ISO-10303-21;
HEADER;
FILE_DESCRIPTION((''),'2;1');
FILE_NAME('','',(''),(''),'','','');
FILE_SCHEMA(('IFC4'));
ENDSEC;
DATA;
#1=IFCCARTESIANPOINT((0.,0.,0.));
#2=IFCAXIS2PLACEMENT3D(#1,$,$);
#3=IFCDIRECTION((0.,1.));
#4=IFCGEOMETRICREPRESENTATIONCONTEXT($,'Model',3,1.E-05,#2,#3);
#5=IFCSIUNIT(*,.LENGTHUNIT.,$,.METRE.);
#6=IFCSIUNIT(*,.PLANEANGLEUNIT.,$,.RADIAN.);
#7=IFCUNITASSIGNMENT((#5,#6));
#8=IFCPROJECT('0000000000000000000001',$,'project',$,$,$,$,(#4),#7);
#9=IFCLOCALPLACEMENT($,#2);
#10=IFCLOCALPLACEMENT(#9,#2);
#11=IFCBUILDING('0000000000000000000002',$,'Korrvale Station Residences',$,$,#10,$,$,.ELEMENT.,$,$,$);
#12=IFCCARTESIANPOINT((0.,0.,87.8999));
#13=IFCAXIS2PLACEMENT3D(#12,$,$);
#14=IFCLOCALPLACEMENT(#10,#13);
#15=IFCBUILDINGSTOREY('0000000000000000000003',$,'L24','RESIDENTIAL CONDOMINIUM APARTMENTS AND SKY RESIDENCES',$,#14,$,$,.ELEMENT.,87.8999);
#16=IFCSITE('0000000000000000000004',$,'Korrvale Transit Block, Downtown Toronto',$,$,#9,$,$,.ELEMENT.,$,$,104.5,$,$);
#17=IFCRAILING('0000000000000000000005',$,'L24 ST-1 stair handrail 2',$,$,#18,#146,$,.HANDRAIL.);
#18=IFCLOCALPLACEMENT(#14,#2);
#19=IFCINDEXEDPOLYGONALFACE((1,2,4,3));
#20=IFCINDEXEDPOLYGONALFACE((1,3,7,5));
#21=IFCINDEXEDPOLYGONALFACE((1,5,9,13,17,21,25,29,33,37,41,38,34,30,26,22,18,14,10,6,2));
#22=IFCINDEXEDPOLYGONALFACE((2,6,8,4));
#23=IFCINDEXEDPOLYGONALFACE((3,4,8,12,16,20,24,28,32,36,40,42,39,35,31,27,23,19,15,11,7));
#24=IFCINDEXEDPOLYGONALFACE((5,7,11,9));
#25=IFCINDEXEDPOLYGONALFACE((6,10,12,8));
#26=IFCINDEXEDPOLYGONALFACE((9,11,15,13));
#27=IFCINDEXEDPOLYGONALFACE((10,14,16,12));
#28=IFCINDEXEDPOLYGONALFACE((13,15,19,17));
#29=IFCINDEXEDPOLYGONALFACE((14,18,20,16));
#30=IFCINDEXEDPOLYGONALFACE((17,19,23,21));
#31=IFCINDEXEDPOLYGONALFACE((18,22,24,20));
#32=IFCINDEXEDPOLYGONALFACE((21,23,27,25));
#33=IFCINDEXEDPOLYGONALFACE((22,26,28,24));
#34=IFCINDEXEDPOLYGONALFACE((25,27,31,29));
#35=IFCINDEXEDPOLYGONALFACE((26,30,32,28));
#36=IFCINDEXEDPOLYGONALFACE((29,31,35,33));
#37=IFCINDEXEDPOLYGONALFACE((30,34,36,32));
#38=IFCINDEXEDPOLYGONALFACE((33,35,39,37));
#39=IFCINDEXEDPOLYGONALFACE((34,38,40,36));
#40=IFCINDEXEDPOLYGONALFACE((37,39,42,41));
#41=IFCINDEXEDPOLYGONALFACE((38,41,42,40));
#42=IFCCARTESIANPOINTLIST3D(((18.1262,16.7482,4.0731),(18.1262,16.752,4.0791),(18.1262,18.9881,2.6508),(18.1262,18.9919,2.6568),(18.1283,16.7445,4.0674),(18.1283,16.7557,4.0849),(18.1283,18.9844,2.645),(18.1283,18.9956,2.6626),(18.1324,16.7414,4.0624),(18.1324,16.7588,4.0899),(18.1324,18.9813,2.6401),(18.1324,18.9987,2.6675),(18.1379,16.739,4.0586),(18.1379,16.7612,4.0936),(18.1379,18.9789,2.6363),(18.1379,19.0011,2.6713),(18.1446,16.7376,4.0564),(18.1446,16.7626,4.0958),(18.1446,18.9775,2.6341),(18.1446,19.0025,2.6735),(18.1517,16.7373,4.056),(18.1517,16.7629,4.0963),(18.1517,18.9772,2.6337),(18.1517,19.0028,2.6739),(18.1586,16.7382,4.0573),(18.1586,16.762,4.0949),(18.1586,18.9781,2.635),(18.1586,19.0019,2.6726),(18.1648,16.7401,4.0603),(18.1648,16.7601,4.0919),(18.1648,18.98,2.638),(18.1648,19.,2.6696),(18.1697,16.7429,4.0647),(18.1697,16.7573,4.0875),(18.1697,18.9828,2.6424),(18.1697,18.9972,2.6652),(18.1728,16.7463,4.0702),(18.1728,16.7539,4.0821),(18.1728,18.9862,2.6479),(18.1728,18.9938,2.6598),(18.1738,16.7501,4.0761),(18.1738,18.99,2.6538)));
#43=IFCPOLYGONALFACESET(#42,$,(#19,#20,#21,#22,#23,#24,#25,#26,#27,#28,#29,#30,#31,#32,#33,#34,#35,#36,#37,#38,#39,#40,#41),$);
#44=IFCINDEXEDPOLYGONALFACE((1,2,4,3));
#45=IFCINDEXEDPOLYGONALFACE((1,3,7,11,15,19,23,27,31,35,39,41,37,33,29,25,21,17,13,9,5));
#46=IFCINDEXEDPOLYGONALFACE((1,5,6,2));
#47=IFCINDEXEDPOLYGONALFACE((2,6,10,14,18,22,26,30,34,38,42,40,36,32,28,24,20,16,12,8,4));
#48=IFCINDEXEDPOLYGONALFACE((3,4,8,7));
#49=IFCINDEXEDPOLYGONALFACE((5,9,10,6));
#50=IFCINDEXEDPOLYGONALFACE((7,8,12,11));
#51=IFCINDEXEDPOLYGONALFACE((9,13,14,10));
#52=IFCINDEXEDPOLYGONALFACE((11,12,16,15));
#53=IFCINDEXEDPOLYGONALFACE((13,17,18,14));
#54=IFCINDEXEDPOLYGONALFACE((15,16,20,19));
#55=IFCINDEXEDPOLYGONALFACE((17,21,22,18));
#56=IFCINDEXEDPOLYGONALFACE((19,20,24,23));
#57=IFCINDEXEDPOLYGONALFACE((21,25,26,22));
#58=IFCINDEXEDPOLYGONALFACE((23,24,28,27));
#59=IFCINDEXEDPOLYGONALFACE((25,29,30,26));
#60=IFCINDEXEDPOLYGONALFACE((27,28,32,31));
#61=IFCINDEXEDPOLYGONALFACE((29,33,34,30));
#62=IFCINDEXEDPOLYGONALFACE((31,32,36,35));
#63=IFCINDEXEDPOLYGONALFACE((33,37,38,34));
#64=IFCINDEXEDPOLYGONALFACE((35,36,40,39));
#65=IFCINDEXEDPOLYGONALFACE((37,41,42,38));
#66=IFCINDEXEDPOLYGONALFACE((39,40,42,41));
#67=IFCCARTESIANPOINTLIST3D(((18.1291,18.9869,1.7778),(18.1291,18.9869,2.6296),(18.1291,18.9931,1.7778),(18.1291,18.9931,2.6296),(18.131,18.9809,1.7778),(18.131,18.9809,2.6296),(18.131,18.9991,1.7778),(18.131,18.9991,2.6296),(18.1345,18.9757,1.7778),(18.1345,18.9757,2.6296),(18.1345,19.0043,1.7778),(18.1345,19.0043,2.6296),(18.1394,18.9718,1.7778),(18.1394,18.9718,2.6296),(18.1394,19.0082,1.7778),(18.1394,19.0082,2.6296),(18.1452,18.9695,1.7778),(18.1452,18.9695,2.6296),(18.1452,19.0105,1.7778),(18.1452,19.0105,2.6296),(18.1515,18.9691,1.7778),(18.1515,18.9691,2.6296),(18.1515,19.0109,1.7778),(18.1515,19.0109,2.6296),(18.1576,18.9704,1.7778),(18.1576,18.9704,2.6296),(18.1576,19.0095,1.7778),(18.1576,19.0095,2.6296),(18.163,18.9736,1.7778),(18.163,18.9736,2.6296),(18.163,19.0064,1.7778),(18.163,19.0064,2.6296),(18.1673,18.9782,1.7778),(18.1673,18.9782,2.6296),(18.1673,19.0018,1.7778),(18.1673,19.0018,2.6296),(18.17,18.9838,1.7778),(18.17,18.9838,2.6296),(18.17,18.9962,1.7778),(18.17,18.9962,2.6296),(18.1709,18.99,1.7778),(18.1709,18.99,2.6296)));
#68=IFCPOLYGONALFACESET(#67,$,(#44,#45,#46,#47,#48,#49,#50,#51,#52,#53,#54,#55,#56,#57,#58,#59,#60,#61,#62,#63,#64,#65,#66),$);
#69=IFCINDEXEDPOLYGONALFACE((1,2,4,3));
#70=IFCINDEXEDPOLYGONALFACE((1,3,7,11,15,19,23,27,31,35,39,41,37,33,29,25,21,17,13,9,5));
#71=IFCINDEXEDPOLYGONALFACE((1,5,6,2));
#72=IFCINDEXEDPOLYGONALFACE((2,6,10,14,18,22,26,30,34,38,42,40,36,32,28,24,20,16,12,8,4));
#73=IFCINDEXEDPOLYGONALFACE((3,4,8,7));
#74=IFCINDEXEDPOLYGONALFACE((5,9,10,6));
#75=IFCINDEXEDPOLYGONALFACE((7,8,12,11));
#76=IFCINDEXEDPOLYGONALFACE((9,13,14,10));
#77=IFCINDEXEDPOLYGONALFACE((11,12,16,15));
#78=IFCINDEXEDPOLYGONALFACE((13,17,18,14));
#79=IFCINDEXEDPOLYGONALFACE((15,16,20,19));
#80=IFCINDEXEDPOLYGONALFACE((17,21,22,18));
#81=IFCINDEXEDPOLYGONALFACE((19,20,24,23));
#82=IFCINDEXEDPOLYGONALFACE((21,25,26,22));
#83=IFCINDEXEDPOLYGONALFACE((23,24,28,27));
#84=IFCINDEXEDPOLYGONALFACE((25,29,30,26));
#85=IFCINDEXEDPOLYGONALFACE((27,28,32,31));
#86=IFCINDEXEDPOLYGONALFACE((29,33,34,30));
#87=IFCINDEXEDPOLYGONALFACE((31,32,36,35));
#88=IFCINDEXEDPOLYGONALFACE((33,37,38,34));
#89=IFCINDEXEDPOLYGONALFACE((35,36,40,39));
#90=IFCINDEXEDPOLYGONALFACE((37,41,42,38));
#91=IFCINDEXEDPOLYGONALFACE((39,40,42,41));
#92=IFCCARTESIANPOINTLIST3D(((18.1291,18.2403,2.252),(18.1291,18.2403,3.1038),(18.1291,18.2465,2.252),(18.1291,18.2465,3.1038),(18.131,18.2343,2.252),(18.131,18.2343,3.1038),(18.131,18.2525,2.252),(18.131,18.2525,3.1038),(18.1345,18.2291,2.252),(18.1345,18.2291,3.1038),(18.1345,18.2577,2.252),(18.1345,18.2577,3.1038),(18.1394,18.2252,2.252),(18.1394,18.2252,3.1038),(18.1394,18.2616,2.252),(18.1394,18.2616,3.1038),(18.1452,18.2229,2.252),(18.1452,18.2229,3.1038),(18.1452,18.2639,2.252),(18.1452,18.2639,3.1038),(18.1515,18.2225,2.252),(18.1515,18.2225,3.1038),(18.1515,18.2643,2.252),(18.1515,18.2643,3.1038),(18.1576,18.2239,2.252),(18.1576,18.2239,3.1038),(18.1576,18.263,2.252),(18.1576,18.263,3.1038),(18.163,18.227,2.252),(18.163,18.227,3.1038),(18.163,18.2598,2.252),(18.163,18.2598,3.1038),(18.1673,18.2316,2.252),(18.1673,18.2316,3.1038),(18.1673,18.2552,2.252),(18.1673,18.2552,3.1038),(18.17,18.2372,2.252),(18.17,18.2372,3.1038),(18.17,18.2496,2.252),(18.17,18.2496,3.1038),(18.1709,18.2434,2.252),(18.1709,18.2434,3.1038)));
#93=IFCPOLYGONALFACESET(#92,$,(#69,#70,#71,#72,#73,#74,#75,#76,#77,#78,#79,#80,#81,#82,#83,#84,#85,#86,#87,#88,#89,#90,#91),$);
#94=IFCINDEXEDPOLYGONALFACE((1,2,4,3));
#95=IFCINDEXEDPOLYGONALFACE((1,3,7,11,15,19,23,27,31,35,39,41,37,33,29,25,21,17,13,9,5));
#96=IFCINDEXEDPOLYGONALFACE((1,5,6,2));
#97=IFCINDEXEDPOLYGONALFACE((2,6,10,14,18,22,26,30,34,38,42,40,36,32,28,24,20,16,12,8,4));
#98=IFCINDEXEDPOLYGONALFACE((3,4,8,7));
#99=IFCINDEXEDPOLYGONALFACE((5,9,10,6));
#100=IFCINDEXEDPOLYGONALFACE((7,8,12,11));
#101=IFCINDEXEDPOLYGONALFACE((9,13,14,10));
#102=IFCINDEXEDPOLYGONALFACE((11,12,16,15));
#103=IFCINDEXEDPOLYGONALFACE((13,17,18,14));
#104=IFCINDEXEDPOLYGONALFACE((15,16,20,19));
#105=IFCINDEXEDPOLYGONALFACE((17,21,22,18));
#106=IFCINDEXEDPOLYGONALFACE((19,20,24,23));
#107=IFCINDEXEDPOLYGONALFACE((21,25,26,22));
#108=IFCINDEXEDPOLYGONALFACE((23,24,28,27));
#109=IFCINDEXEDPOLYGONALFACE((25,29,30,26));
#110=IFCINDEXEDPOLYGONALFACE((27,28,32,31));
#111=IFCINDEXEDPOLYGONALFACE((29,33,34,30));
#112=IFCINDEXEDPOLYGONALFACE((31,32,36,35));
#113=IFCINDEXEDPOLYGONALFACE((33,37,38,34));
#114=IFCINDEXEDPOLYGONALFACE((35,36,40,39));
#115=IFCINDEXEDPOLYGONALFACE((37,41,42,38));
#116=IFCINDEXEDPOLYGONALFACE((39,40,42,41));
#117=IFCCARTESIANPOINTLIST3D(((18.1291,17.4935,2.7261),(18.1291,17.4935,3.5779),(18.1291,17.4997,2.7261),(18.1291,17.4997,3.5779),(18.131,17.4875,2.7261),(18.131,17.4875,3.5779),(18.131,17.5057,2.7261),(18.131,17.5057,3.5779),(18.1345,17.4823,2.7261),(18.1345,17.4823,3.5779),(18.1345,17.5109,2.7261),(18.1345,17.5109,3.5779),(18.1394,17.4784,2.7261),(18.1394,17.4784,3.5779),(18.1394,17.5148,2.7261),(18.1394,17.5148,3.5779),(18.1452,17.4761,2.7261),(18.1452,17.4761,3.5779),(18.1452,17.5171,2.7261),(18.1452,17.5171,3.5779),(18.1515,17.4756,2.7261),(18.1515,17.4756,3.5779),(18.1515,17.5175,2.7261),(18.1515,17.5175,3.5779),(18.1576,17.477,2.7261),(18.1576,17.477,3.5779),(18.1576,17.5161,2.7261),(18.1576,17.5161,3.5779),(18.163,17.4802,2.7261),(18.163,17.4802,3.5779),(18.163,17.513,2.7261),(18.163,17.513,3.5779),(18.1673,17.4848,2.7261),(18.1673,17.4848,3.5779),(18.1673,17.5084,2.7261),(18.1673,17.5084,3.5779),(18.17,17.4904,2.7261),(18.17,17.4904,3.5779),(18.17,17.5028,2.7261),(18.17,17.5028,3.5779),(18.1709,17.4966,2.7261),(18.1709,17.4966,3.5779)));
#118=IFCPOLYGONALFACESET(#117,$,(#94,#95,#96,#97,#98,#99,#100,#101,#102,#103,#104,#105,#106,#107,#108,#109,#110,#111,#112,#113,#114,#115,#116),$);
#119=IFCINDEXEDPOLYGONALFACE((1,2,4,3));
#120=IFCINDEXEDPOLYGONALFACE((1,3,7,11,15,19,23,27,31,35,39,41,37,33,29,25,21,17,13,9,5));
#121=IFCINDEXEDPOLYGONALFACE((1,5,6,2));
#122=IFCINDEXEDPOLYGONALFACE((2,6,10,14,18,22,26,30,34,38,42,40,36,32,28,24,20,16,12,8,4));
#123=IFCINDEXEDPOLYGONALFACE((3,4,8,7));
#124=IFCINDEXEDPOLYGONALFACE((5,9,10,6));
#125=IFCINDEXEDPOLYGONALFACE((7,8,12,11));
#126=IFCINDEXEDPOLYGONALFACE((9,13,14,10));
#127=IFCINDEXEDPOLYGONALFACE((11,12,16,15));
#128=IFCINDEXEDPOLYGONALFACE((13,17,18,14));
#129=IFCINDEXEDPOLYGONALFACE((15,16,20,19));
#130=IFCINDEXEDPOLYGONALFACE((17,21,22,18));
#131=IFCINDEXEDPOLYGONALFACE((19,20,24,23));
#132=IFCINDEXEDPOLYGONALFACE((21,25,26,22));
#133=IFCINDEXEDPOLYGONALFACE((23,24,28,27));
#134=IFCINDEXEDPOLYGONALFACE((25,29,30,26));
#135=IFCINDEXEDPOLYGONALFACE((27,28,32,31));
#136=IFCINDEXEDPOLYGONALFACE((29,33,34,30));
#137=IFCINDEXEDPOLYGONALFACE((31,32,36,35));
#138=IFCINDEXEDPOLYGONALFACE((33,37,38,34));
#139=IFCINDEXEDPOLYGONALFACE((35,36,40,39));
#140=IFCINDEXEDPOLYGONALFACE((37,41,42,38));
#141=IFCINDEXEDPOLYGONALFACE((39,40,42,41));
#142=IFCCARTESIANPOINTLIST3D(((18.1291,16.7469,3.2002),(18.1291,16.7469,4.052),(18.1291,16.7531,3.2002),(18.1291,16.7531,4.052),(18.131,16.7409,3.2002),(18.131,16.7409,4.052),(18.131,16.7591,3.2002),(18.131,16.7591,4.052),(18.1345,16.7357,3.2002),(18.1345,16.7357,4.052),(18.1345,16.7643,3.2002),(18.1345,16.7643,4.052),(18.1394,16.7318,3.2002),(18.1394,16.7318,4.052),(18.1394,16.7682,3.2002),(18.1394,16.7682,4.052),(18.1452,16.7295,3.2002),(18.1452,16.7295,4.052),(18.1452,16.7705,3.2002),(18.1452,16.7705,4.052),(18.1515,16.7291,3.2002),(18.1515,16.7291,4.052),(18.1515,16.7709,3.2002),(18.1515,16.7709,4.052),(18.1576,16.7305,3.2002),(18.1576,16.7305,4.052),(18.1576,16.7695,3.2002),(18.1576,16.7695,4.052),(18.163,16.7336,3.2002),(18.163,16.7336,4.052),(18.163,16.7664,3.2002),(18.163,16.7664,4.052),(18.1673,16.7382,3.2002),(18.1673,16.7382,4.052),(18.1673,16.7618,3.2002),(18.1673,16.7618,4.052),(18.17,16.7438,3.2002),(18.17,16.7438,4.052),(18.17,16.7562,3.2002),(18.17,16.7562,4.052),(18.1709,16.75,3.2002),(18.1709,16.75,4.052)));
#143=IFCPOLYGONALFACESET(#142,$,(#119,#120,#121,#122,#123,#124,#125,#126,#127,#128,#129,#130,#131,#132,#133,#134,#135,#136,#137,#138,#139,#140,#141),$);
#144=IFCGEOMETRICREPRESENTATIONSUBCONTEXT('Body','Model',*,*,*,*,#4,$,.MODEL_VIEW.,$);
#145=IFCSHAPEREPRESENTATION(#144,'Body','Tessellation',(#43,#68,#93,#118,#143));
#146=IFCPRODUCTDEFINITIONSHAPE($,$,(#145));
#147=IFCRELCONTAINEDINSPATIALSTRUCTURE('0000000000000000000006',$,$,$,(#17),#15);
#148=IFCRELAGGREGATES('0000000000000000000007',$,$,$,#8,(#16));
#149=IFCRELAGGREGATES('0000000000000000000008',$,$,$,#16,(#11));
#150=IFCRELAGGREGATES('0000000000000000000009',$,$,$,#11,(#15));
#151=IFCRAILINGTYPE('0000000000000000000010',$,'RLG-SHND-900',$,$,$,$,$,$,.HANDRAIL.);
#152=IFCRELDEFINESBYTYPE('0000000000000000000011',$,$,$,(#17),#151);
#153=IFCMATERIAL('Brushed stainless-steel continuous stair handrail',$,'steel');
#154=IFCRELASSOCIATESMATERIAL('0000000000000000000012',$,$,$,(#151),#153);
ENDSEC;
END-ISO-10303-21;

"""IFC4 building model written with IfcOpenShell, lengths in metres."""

from ifc_helpers import new_model, si_unit, direction, frame, origin, origin_2d, place, context, subcontext, project, spatial, circle, extrude, material, type_object, element, save


model = new_model("IFC4")

# Units and contexts
model_context = context("Model", 3, precision=1e-05, world=origin(), true_north=direction((0.0, 1.0)))
body_context = subcontext(model_context, "Body", "Model", "MODEL_VIEW")
ifc_project = project(units=[si_unit("LENGTHUNIT", "METRE"), si_unit("PLANEANGLEUNIT", "RADIAN")], contexts=[model_context])

# Site, building, storey
site_placement = place(None, origin())
site = spatial("IfcSite", under=ifc_project, at=site_placement, Name="Korrvale Transit Block, Downtown Toronto", CompositionType="ELEMENT", RefElevation=104.5)
building_placement = place(site_placement, origin())
building = spatial("IfcBuilding", under=site, at=building_placement, Name="Korrvale Station Residences", CompositionType="ELEMENT")
storey_placement = place(building_placement, frame((0.0, 0.0, 87.8999)))
storey = spatial("IfcBuildingStorey", under=building, at=storey_placement, Name="L24", Description="RESIDENTIAL CONDOMINIUM APARTMENTS AND SKY RESIDENCES", CompositionType="ELEMENT", Elevation=87.8999)

# Railing
ifc_material_1 = material(Name="Brushed stainless-steel continuous stair handrail", Category="steel")
railing_type_1 = type_object("IfcRailingType", Name="RLG-SHND-900", PredefinedType="HANDRAIL", material=ifc_material_1)
railing_1_placement = place(storey_placement, frame((18.1499, 18.99, 1.7778)))
element("IfcRailing", 1, at=railing_1_placement, inside=storey, type_object=railing_type_1, Name="L24 ST-1 stair handrail 2", PredefinedType="HANDRAIL", context=body_context, shape_type="SweptSolid", body=[
    extrude(circle(Radius=0.0239, at=origin_2d()), frame((0.0, 0.0, 0.876), z_axis=(0.0, -0.844188, 0.536048), x_axis=(1.0, 0.0, 0.0)), (0.0, 0.0, 1.0), 2.6533),
    extrude(circle(Radius=0.021, at=origin_2d()), origin(), (0.0, 0.0, 1.0), 0.8518),
    extrude(circle(Radius=0.021, at=origin_2d()), frame((0.0, -0.7466, 0.4741)), (0.0, 0.0, 1.0), 0.8518),
    extrude(circle(Radius=0.021, at=origin_2d()), frame((0.0, -1.4934, 0.9482)), (0.0, 0.0, 1.0), 0.8518),
    extrude(circle(Radius=0.021, at=origin_2d()), frame((0.0, -2.24, 1.4224)), (0.0, 0.0, 1.0), 0.8518),
])

save(model, "model.ifc")
